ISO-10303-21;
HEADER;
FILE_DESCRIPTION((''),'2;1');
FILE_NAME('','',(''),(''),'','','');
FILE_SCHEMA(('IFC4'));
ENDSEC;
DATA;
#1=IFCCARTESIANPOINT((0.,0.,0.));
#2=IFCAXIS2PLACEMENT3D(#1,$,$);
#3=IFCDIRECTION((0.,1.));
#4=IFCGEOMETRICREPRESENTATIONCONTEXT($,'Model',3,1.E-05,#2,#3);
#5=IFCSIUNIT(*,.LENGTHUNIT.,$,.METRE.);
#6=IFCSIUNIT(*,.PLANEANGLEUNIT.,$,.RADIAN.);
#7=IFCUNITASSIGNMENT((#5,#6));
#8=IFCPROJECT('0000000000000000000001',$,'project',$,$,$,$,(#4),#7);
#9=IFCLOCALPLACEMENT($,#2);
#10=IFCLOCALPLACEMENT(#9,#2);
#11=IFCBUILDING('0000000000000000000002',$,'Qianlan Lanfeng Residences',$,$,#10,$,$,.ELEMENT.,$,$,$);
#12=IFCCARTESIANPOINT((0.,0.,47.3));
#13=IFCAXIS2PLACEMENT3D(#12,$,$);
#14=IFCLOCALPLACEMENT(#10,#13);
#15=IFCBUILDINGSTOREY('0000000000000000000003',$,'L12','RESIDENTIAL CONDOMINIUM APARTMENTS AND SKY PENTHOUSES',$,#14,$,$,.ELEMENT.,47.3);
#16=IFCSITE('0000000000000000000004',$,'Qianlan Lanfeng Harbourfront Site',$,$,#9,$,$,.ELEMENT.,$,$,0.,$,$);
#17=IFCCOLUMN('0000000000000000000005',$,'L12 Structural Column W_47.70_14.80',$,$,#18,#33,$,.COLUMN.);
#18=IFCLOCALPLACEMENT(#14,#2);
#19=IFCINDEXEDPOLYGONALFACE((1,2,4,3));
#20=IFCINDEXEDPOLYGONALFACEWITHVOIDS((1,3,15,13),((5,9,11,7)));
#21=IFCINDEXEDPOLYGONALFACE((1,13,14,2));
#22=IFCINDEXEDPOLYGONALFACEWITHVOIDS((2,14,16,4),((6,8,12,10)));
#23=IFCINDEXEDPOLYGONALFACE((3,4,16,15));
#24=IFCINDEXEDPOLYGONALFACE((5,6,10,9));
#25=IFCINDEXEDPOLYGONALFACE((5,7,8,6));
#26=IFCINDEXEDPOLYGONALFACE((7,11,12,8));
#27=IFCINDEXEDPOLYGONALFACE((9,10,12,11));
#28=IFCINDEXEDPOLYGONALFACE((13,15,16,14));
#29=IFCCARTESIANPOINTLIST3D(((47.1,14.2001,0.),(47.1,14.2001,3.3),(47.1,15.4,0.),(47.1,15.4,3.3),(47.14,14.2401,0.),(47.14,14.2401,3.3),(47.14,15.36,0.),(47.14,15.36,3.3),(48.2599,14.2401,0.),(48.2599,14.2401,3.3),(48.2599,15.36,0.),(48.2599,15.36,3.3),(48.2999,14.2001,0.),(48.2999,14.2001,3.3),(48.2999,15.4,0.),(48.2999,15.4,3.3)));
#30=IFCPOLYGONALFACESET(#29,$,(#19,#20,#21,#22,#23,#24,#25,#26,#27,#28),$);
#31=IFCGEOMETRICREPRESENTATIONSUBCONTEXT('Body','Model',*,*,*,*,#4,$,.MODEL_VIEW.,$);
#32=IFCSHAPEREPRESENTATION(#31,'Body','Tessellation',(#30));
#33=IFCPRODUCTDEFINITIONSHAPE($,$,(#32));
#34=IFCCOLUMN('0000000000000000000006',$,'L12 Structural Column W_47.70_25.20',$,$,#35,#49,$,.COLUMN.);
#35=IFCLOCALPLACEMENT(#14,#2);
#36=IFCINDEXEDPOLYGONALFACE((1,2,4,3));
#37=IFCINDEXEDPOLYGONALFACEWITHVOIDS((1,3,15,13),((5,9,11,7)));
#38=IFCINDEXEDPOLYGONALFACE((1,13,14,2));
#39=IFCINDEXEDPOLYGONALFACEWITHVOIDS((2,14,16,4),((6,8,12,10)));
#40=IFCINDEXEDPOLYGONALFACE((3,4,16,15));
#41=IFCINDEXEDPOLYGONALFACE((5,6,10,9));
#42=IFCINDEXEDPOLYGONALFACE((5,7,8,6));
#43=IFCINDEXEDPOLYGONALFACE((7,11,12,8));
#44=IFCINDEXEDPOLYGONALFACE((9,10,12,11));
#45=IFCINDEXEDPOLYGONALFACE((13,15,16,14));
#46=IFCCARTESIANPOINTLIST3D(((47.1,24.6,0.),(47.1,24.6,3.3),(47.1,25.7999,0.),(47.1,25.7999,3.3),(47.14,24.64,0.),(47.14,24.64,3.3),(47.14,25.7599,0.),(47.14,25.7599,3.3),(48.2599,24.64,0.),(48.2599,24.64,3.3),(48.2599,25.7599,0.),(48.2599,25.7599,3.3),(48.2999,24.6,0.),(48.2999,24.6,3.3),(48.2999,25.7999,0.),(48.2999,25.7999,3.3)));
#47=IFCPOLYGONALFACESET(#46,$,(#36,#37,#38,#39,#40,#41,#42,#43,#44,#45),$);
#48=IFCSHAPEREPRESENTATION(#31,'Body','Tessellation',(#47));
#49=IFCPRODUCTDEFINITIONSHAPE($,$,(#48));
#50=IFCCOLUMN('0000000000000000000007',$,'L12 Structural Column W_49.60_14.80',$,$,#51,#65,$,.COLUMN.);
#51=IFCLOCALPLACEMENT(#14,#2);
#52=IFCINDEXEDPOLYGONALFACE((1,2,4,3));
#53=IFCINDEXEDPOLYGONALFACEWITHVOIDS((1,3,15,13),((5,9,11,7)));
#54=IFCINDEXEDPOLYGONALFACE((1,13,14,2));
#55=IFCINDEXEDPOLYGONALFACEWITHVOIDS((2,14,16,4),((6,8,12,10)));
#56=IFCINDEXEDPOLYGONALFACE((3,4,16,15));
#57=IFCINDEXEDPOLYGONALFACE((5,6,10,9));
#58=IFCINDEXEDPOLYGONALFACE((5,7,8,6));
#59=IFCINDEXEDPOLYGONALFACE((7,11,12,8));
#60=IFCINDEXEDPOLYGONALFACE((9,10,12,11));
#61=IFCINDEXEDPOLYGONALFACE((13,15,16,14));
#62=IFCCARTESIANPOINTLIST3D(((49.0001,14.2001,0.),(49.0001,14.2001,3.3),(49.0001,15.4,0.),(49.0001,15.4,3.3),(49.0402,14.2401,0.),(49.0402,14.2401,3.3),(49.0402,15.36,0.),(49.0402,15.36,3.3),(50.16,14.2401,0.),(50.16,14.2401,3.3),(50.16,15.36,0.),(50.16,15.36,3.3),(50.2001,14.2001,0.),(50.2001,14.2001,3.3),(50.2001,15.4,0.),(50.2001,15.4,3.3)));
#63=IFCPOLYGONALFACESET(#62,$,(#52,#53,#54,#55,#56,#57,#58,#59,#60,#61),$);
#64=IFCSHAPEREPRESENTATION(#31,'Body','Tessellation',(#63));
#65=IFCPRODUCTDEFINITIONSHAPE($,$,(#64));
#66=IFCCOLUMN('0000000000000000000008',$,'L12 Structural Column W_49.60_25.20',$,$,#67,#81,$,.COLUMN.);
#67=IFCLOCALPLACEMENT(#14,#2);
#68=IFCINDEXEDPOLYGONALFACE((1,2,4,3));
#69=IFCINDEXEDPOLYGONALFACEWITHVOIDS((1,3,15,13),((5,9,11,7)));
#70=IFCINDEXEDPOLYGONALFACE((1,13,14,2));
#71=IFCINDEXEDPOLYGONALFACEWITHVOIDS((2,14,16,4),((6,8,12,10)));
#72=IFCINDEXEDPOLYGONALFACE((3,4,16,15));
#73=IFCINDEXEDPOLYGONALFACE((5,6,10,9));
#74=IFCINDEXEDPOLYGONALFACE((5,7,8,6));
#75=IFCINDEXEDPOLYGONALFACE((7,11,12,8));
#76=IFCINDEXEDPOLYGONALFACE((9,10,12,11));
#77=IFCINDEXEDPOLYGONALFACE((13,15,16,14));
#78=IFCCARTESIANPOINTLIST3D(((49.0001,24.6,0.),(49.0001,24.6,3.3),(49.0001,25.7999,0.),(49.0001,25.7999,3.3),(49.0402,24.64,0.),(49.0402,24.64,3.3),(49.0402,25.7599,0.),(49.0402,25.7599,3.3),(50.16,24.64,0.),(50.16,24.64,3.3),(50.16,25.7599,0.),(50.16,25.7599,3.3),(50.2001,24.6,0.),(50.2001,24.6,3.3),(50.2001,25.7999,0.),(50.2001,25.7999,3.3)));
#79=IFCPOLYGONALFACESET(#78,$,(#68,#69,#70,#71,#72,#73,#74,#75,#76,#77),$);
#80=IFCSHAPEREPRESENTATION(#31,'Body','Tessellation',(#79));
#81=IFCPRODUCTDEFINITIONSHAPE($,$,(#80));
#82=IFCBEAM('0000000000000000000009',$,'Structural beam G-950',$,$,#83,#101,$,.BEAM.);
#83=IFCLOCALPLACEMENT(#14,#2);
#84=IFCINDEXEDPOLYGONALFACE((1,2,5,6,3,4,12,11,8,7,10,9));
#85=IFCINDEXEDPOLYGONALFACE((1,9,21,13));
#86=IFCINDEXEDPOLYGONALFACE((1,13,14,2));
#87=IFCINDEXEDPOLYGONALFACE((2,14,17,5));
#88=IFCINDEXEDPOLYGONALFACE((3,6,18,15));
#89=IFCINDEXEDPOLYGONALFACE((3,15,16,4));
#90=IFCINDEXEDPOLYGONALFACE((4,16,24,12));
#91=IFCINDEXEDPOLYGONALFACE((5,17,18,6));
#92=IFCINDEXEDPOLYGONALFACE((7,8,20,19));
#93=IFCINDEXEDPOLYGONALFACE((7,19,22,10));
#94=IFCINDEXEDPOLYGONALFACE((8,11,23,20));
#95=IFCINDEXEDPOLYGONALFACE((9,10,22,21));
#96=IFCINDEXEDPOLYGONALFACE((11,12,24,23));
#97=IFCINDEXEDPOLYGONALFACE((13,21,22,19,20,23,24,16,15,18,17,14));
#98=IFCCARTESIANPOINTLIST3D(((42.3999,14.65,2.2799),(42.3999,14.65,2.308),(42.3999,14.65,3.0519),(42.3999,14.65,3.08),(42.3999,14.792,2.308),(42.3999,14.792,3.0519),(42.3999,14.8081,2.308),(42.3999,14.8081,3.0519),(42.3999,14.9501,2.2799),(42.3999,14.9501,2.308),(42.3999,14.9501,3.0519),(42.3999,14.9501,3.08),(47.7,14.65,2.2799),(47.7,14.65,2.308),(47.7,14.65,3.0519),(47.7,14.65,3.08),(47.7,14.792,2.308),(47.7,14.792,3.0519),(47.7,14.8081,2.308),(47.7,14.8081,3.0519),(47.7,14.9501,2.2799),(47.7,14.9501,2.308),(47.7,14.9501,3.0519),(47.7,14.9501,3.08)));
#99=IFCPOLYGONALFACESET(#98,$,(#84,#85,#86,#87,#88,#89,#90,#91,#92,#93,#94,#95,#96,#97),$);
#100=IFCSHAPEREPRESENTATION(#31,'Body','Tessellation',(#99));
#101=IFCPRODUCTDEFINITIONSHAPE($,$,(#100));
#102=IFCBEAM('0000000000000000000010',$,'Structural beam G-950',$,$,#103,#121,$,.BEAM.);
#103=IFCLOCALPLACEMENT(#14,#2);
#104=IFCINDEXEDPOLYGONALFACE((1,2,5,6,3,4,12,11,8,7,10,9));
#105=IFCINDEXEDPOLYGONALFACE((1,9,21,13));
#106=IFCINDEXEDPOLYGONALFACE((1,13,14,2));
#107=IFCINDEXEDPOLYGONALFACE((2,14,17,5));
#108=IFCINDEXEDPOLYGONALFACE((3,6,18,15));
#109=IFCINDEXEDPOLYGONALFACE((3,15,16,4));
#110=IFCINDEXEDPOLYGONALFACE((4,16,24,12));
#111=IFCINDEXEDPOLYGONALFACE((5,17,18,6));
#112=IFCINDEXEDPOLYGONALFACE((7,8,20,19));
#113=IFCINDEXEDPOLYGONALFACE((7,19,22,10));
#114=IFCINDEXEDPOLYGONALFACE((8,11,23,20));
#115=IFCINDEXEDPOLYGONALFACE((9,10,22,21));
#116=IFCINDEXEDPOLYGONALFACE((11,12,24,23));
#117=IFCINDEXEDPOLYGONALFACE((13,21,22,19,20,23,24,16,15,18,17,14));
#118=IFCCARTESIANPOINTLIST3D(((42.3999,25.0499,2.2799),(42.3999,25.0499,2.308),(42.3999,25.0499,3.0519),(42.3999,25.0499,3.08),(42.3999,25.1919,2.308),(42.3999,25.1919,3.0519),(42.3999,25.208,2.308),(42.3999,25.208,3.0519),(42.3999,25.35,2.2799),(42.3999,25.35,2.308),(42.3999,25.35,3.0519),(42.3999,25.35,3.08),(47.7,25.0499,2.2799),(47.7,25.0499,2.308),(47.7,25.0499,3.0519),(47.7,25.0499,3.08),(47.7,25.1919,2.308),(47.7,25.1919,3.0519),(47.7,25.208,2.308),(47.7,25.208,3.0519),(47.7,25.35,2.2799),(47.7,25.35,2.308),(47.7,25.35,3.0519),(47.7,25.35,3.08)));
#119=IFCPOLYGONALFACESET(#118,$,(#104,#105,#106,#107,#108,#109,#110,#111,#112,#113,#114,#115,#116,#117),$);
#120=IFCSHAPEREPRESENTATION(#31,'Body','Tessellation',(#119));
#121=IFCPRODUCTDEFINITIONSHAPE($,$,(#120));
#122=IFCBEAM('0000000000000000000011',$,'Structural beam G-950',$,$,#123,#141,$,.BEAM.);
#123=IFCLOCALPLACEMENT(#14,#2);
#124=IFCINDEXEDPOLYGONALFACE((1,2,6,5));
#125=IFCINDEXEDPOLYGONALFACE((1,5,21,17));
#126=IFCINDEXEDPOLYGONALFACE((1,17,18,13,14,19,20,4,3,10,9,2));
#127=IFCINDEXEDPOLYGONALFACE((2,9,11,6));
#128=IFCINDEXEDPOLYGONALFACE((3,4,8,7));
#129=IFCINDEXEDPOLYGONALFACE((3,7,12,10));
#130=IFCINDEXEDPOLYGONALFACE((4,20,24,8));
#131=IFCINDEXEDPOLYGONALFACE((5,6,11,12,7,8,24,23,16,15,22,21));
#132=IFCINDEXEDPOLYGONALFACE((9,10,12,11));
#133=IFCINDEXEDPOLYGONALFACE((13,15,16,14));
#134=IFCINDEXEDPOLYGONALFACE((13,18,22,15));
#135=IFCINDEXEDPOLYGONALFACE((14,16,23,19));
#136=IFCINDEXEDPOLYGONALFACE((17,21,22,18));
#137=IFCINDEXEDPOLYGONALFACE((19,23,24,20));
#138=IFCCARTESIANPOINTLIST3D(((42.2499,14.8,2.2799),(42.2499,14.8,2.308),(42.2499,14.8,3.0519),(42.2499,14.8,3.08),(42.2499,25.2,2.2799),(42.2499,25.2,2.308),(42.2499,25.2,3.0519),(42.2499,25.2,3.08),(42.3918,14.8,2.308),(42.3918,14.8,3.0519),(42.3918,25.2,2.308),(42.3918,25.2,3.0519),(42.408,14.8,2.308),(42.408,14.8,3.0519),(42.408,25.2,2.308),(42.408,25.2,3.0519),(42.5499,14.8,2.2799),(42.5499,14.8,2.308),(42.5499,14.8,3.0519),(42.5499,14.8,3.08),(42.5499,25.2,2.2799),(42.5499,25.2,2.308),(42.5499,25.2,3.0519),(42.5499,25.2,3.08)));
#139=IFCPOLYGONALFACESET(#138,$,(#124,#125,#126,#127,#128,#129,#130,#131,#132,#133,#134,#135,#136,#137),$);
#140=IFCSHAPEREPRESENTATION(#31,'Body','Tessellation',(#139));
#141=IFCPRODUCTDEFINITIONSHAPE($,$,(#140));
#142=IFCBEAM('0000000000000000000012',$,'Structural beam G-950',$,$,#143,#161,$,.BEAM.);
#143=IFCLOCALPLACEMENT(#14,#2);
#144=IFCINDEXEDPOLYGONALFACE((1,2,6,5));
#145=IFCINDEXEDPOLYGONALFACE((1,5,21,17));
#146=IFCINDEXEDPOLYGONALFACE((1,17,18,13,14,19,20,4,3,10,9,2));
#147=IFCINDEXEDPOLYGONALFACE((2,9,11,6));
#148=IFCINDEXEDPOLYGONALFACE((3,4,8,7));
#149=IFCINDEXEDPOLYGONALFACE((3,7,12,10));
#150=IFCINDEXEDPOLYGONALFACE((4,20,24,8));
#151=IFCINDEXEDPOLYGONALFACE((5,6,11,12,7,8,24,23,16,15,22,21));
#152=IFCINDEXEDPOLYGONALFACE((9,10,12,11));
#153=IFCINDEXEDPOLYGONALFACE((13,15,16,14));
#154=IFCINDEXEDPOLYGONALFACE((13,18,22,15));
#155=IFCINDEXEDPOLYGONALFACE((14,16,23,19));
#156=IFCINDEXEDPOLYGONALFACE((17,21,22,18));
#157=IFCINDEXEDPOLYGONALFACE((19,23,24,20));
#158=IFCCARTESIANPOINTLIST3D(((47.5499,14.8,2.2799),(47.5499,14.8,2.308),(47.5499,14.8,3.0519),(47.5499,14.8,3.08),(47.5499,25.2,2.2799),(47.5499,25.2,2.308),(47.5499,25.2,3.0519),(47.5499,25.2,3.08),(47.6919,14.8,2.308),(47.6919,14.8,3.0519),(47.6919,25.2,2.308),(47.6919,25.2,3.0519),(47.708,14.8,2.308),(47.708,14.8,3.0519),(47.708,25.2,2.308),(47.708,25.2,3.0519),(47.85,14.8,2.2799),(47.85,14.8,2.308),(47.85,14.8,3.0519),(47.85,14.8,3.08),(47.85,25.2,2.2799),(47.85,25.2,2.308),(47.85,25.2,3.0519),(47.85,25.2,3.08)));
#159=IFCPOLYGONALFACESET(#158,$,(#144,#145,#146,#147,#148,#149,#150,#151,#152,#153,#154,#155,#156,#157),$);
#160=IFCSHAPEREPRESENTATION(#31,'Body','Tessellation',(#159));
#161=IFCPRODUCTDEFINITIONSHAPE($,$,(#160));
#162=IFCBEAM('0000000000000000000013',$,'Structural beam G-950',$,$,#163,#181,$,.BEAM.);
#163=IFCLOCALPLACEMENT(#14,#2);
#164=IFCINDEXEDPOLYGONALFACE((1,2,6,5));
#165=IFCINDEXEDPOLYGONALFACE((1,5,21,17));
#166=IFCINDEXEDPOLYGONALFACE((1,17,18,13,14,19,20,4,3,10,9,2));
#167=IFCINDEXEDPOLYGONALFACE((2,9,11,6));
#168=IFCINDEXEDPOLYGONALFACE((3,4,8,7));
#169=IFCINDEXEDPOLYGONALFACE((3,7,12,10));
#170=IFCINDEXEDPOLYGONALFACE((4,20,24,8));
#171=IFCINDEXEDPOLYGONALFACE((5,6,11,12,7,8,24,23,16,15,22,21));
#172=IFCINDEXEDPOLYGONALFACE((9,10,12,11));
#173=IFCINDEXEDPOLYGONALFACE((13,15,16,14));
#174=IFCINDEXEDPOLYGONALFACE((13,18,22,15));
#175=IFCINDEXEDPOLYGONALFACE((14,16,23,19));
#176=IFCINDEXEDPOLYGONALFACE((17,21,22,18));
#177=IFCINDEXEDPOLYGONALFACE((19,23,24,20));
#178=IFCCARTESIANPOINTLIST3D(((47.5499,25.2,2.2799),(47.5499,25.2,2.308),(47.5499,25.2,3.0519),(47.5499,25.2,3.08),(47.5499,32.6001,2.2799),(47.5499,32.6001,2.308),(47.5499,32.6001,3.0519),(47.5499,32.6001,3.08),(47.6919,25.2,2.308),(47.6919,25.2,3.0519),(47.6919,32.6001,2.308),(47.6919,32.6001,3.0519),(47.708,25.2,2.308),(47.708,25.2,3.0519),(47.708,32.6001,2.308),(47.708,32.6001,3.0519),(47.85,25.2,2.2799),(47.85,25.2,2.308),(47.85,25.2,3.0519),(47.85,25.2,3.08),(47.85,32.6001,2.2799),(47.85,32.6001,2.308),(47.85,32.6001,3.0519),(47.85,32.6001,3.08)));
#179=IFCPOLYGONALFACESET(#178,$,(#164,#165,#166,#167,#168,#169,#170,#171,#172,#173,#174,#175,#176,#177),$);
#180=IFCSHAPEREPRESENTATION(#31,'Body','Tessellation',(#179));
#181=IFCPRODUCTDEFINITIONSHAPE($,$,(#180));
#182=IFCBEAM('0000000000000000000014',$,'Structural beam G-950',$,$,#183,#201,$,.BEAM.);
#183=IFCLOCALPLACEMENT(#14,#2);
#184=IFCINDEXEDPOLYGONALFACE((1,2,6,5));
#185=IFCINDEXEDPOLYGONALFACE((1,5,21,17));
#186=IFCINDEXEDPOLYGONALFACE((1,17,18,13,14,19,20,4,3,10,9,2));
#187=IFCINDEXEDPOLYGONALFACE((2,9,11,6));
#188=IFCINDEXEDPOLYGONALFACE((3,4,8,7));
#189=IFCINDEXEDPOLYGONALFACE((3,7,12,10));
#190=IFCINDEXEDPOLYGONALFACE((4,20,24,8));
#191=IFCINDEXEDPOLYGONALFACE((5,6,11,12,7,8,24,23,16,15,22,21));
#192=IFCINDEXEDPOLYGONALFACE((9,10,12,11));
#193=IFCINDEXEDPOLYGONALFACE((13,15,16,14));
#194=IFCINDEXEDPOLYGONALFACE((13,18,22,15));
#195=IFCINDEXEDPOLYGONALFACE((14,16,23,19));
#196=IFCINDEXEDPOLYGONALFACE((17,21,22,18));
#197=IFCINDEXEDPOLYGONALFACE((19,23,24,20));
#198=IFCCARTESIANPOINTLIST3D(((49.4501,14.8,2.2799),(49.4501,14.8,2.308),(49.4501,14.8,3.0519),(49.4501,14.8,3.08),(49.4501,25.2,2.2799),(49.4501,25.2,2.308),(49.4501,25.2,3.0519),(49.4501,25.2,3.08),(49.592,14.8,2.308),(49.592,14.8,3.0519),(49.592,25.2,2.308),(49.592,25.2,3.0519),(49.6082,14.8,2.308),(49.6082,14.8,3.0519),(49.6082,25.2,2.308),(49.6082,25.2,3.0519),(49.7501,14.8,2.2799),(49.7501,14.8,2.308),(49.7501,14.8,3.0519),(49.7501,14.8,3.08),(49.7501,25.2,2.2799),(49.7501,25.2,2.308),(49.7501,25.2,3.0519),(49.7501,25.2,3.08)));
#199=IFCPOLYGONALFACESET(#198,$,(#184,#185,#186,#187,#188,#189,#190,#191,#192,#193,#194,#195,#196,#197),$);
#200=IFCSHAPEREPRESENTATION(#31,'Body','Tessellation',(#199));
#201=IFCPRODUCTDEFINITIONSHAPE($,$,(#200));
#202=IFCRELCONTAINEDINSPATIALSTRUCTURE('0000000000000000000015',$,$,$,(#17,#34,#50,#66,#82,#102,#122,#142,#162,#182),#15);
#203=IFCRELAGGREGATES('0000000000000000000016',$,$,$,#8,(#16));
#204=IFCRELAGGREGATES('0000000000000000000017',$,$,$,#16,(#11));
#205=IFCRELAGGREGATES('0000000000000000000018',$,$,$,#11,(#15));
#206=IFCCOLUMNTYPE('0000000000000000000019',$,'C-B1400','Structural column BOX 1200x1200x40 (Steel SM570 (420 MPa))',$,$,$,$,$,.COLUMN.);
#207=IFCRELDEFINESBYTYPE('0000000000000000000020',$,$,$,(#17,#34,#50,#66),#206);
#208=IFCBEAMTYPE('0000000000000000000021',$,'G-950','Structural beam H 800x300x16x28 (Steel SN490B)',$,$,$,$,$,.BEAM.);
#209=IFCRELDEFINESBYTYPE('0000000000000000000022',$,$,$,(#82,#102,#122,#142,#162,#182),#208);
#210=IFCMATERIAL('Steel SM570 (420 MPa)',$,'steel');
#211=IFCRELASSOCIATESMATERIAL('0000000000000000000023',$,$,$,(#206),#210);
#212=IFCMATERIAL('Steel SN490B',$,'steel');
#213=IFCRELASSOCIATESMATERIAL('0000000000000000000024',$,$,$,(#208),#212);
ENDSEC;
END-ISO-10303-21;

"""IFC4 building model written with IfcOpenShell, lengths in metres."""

from ifc_helpers import new_model, si_unit, direction, frame, origin, origin_2d, place, context, subcontext, project, spatial, hollow_rectangle, i_section, extrude, material, material_profile, profile_set, type_object, element, save


model = new_model("IFC4")

# Units and contexts
model_context = context("Model", 3, precision=1e-05, world=origin(), true_north=direction((0.0, 1.0)))
body_context = subcontext(model_context, "Body", "Model", "MODEL_VIEW")
ifc_project = project(units=[si_unit("LENGTHUNIT", "METRE"), si_unit("PLANEANGLEUNIT", "RADIAN")], contexts=[model_context])

# Site, building, storey
site_placement = place(None, origin())
site = spatial("IfcSite", under=ifc_project, at=site_placement, Name="Qianlan Lanfeng Harbourfront Site", CompositionType="ELEMENT", RefElevation=0.0)
building_placement = place(site_placement, origin())
building = spatial("IfcBuilding", under=site, at=building_placement, Name="Qianlan Lanfeng Residences", CompositionType="ELEMENT")
storey_placement = place(building_placement, frame((0.0, 0.0, 47.3)))
storey = spatial("IfcBuildingStorey", under=building, at=storey_placement, Name="L12", Description="RESIDENTIAL CONDOMINIUM APARTMENTS AND SKY PENTHOUSES", CompositionType="ELEMENT", Elevation=47.3)

# Columns
ifc_material_1 = material(Name="Steel SM570 (420 MPa)", Category="steel")
ifc_material_profile_1 = material_profile(ifc_material_1, hollow_rectangle(XDim=1.2, YDim=1.2, WallThickness=0.04, at=origin_2d()), Name="BOX 1200x1200x40")
ifc_profile_set_1 = profile_set([ifc_material_profile_1], Name="Steel SM570 (420 MPa)")
column_type = type_object("IfcColumnType", Name="C-B1400", Description="Structural column BOX 1200x1200x40 (Steel SM570 (420 MPa))", PredefinedType="COLUMN", material=ifc_profile_set_1)
for number, where, z_axis, x_axis, name in (
    (1, (47.7, 14.8, 0.0), (0.0, 0.0, 1.0), (1.0, 0.0, 0.0), "L12 Structural Column W_47.70_14.80"),
    (2, (47.7, 25.2, 0.0), (0.0, 0.0, 1.0), (1.0, 0.0, 0.0), "L12 Structural Column W_47.70_25.20"),
    (3, (49.6001, 14.8, 0.0), (0.0, 0.0, 1.0), (1.0, 0.0, 0.0), "L12 Structural Column W_49.60_14.80"),
    (4, (49.6001, 25.2, 0.0), (0.0, 0.0, 1.0), (1.0, 0.0, 0.0), "L12 Structural Column W_49.60_25.20"),
):
    element("IfcColumn", number, at=place(storey_placement, frame(where, z_axis=z_axis, x_axis=x_axis)), inside=storey, type_object=column_type, Name=name, PredefinedType="COLUMN", context=body_context, shape_type="SweptSolid", body=[
        extrude(hollow_rectangle(XDim=1.2, YDim=1.2, WallThickness=0.04, at=origin_2d()), origin(), (0.0, 0.0, 1.0), 3.3),
    ])

# Beams
ifc_material_2 = material(Name="Steel SN490B", Category="steel")
ifc_material_profile_2 = material_profile(ifc_material_2, i_section(OverallWidth=0.3, OverallDepth=0.8, WebThickness=0.0161, FlangeThickness=0.0281, at=origin_2d()), Name="H 800x300x16x28")
ifc_profile_set_2 = profile_set([ifc_material_profile_2], Name="Steel SN490B")
beam_type_1 = type_object("IfcBeamType", Name="G-950", Description="Structural beam H 800x300x16x28 (Steel SN490B)", PredefinedType="BEAM", material=ifc_profile_set_2)
for number, where, z_axis, x_axis, name in (
    (5, (42.3999, 14.8, 2.6799), (1.0, 0.0, 0.0), (0.0, 1.0, 0.0), "Structural beam G-950"),
    (6, (42.3999, 25.2, 2.6799), (1.0, 0.0, 0.0), (0.0, 1.0, 0.0), "Structural beam G-950"),
):
    element("IfcBeam", number, at=place(storey_placement, frame(where, z_axis=z_axis, x_axis=x_axis)), inside=storey, type_object=beam_type_1, Name=name, PredefinedType="BEAM", context=body_context, shape_type="SweptSolid", body=[
        extrude(i_section(OverallWidth=0.3, OverallDepth=0.8, WebThickness=0.0161, FlangeThickness=0.0281, at=origin_2d()), origin(), (0.0, 0.0, 1.0), 5.3),
    ])
for number, where, z_axis, x_axis, name in (
    (7, (42.3999, 14.8, 2.6799), (0.0, 1.0, 0.0), (-1.0, 0.0, 0.0), "Structural beam G-950"),
    (8, (47.7, 14.8, 2.6799), (0.0, 1.0, 0.0), (-1.0, 0.0, 0.0), "Structural beam G-950"),
):
    element("IfcBeam", number, at=place(storey_placement, frame(where, z_axis=z_axis, x_axis=x_axis)), inside=storey, type_object=beam_type_1, Name=name, PredefinedType="BEAM", context=body_context, shape_type="SweptSolid", body=[
        extrude(i_section(OverallWidth=0.3, OverallDepth=0.8, WebThickness=0.0161, FlangeThickness=0.0281, at=origin_2d()), origin(), (0.0, 0.0, 1.0), 10.3999),
    ])
beam_1_placement = place(storey_placement, frame((47.7, 25.2, 2.6799), z_axis=(0.0, 1.0, 0.0), x_axis=(-1.0, 0.0, 0.0)))
element("IfcBeam", 9, at=beam_1_placement, inside=storey, type_object=beam_type_1, Name="Structural beam G-950", PredefinedType="BEAM", context=body_context, shape_type="SweptSolid", body=[
    extrude(i_section(OverallWidth=0.3, OverallDepth=0.8, WebThickness=0.0161, FlangeThickness=0.0281, at=origin_2d()), origin(), (0.0, 0.0, 1.0), 7.4001),
])
beam_2_placement = place(storey_placement, frame((49.6001, 14.8, 2.6799), z_axis=(0.0, 1.0, 0.0), x_axis=(-1.0, 0.0, 0.0)))
element("IfcBeam", 10, at=beam_2_placement, inside=storey, type_object=beam_type_1, Name="Structural beam G-950", PredefinedType="BEAM", context=body_context, shape_type="SweptSolid", body=[
    extrude(i_section(OverallWidth=0.3, OverallDepth=0.8, WebThickness=0.0161, FlangeThickness=0.0281, at=origin_2d()), origin(), (0.0, 0.0, 1.0), 10.3999),
])

save(model, "model.ifc")
